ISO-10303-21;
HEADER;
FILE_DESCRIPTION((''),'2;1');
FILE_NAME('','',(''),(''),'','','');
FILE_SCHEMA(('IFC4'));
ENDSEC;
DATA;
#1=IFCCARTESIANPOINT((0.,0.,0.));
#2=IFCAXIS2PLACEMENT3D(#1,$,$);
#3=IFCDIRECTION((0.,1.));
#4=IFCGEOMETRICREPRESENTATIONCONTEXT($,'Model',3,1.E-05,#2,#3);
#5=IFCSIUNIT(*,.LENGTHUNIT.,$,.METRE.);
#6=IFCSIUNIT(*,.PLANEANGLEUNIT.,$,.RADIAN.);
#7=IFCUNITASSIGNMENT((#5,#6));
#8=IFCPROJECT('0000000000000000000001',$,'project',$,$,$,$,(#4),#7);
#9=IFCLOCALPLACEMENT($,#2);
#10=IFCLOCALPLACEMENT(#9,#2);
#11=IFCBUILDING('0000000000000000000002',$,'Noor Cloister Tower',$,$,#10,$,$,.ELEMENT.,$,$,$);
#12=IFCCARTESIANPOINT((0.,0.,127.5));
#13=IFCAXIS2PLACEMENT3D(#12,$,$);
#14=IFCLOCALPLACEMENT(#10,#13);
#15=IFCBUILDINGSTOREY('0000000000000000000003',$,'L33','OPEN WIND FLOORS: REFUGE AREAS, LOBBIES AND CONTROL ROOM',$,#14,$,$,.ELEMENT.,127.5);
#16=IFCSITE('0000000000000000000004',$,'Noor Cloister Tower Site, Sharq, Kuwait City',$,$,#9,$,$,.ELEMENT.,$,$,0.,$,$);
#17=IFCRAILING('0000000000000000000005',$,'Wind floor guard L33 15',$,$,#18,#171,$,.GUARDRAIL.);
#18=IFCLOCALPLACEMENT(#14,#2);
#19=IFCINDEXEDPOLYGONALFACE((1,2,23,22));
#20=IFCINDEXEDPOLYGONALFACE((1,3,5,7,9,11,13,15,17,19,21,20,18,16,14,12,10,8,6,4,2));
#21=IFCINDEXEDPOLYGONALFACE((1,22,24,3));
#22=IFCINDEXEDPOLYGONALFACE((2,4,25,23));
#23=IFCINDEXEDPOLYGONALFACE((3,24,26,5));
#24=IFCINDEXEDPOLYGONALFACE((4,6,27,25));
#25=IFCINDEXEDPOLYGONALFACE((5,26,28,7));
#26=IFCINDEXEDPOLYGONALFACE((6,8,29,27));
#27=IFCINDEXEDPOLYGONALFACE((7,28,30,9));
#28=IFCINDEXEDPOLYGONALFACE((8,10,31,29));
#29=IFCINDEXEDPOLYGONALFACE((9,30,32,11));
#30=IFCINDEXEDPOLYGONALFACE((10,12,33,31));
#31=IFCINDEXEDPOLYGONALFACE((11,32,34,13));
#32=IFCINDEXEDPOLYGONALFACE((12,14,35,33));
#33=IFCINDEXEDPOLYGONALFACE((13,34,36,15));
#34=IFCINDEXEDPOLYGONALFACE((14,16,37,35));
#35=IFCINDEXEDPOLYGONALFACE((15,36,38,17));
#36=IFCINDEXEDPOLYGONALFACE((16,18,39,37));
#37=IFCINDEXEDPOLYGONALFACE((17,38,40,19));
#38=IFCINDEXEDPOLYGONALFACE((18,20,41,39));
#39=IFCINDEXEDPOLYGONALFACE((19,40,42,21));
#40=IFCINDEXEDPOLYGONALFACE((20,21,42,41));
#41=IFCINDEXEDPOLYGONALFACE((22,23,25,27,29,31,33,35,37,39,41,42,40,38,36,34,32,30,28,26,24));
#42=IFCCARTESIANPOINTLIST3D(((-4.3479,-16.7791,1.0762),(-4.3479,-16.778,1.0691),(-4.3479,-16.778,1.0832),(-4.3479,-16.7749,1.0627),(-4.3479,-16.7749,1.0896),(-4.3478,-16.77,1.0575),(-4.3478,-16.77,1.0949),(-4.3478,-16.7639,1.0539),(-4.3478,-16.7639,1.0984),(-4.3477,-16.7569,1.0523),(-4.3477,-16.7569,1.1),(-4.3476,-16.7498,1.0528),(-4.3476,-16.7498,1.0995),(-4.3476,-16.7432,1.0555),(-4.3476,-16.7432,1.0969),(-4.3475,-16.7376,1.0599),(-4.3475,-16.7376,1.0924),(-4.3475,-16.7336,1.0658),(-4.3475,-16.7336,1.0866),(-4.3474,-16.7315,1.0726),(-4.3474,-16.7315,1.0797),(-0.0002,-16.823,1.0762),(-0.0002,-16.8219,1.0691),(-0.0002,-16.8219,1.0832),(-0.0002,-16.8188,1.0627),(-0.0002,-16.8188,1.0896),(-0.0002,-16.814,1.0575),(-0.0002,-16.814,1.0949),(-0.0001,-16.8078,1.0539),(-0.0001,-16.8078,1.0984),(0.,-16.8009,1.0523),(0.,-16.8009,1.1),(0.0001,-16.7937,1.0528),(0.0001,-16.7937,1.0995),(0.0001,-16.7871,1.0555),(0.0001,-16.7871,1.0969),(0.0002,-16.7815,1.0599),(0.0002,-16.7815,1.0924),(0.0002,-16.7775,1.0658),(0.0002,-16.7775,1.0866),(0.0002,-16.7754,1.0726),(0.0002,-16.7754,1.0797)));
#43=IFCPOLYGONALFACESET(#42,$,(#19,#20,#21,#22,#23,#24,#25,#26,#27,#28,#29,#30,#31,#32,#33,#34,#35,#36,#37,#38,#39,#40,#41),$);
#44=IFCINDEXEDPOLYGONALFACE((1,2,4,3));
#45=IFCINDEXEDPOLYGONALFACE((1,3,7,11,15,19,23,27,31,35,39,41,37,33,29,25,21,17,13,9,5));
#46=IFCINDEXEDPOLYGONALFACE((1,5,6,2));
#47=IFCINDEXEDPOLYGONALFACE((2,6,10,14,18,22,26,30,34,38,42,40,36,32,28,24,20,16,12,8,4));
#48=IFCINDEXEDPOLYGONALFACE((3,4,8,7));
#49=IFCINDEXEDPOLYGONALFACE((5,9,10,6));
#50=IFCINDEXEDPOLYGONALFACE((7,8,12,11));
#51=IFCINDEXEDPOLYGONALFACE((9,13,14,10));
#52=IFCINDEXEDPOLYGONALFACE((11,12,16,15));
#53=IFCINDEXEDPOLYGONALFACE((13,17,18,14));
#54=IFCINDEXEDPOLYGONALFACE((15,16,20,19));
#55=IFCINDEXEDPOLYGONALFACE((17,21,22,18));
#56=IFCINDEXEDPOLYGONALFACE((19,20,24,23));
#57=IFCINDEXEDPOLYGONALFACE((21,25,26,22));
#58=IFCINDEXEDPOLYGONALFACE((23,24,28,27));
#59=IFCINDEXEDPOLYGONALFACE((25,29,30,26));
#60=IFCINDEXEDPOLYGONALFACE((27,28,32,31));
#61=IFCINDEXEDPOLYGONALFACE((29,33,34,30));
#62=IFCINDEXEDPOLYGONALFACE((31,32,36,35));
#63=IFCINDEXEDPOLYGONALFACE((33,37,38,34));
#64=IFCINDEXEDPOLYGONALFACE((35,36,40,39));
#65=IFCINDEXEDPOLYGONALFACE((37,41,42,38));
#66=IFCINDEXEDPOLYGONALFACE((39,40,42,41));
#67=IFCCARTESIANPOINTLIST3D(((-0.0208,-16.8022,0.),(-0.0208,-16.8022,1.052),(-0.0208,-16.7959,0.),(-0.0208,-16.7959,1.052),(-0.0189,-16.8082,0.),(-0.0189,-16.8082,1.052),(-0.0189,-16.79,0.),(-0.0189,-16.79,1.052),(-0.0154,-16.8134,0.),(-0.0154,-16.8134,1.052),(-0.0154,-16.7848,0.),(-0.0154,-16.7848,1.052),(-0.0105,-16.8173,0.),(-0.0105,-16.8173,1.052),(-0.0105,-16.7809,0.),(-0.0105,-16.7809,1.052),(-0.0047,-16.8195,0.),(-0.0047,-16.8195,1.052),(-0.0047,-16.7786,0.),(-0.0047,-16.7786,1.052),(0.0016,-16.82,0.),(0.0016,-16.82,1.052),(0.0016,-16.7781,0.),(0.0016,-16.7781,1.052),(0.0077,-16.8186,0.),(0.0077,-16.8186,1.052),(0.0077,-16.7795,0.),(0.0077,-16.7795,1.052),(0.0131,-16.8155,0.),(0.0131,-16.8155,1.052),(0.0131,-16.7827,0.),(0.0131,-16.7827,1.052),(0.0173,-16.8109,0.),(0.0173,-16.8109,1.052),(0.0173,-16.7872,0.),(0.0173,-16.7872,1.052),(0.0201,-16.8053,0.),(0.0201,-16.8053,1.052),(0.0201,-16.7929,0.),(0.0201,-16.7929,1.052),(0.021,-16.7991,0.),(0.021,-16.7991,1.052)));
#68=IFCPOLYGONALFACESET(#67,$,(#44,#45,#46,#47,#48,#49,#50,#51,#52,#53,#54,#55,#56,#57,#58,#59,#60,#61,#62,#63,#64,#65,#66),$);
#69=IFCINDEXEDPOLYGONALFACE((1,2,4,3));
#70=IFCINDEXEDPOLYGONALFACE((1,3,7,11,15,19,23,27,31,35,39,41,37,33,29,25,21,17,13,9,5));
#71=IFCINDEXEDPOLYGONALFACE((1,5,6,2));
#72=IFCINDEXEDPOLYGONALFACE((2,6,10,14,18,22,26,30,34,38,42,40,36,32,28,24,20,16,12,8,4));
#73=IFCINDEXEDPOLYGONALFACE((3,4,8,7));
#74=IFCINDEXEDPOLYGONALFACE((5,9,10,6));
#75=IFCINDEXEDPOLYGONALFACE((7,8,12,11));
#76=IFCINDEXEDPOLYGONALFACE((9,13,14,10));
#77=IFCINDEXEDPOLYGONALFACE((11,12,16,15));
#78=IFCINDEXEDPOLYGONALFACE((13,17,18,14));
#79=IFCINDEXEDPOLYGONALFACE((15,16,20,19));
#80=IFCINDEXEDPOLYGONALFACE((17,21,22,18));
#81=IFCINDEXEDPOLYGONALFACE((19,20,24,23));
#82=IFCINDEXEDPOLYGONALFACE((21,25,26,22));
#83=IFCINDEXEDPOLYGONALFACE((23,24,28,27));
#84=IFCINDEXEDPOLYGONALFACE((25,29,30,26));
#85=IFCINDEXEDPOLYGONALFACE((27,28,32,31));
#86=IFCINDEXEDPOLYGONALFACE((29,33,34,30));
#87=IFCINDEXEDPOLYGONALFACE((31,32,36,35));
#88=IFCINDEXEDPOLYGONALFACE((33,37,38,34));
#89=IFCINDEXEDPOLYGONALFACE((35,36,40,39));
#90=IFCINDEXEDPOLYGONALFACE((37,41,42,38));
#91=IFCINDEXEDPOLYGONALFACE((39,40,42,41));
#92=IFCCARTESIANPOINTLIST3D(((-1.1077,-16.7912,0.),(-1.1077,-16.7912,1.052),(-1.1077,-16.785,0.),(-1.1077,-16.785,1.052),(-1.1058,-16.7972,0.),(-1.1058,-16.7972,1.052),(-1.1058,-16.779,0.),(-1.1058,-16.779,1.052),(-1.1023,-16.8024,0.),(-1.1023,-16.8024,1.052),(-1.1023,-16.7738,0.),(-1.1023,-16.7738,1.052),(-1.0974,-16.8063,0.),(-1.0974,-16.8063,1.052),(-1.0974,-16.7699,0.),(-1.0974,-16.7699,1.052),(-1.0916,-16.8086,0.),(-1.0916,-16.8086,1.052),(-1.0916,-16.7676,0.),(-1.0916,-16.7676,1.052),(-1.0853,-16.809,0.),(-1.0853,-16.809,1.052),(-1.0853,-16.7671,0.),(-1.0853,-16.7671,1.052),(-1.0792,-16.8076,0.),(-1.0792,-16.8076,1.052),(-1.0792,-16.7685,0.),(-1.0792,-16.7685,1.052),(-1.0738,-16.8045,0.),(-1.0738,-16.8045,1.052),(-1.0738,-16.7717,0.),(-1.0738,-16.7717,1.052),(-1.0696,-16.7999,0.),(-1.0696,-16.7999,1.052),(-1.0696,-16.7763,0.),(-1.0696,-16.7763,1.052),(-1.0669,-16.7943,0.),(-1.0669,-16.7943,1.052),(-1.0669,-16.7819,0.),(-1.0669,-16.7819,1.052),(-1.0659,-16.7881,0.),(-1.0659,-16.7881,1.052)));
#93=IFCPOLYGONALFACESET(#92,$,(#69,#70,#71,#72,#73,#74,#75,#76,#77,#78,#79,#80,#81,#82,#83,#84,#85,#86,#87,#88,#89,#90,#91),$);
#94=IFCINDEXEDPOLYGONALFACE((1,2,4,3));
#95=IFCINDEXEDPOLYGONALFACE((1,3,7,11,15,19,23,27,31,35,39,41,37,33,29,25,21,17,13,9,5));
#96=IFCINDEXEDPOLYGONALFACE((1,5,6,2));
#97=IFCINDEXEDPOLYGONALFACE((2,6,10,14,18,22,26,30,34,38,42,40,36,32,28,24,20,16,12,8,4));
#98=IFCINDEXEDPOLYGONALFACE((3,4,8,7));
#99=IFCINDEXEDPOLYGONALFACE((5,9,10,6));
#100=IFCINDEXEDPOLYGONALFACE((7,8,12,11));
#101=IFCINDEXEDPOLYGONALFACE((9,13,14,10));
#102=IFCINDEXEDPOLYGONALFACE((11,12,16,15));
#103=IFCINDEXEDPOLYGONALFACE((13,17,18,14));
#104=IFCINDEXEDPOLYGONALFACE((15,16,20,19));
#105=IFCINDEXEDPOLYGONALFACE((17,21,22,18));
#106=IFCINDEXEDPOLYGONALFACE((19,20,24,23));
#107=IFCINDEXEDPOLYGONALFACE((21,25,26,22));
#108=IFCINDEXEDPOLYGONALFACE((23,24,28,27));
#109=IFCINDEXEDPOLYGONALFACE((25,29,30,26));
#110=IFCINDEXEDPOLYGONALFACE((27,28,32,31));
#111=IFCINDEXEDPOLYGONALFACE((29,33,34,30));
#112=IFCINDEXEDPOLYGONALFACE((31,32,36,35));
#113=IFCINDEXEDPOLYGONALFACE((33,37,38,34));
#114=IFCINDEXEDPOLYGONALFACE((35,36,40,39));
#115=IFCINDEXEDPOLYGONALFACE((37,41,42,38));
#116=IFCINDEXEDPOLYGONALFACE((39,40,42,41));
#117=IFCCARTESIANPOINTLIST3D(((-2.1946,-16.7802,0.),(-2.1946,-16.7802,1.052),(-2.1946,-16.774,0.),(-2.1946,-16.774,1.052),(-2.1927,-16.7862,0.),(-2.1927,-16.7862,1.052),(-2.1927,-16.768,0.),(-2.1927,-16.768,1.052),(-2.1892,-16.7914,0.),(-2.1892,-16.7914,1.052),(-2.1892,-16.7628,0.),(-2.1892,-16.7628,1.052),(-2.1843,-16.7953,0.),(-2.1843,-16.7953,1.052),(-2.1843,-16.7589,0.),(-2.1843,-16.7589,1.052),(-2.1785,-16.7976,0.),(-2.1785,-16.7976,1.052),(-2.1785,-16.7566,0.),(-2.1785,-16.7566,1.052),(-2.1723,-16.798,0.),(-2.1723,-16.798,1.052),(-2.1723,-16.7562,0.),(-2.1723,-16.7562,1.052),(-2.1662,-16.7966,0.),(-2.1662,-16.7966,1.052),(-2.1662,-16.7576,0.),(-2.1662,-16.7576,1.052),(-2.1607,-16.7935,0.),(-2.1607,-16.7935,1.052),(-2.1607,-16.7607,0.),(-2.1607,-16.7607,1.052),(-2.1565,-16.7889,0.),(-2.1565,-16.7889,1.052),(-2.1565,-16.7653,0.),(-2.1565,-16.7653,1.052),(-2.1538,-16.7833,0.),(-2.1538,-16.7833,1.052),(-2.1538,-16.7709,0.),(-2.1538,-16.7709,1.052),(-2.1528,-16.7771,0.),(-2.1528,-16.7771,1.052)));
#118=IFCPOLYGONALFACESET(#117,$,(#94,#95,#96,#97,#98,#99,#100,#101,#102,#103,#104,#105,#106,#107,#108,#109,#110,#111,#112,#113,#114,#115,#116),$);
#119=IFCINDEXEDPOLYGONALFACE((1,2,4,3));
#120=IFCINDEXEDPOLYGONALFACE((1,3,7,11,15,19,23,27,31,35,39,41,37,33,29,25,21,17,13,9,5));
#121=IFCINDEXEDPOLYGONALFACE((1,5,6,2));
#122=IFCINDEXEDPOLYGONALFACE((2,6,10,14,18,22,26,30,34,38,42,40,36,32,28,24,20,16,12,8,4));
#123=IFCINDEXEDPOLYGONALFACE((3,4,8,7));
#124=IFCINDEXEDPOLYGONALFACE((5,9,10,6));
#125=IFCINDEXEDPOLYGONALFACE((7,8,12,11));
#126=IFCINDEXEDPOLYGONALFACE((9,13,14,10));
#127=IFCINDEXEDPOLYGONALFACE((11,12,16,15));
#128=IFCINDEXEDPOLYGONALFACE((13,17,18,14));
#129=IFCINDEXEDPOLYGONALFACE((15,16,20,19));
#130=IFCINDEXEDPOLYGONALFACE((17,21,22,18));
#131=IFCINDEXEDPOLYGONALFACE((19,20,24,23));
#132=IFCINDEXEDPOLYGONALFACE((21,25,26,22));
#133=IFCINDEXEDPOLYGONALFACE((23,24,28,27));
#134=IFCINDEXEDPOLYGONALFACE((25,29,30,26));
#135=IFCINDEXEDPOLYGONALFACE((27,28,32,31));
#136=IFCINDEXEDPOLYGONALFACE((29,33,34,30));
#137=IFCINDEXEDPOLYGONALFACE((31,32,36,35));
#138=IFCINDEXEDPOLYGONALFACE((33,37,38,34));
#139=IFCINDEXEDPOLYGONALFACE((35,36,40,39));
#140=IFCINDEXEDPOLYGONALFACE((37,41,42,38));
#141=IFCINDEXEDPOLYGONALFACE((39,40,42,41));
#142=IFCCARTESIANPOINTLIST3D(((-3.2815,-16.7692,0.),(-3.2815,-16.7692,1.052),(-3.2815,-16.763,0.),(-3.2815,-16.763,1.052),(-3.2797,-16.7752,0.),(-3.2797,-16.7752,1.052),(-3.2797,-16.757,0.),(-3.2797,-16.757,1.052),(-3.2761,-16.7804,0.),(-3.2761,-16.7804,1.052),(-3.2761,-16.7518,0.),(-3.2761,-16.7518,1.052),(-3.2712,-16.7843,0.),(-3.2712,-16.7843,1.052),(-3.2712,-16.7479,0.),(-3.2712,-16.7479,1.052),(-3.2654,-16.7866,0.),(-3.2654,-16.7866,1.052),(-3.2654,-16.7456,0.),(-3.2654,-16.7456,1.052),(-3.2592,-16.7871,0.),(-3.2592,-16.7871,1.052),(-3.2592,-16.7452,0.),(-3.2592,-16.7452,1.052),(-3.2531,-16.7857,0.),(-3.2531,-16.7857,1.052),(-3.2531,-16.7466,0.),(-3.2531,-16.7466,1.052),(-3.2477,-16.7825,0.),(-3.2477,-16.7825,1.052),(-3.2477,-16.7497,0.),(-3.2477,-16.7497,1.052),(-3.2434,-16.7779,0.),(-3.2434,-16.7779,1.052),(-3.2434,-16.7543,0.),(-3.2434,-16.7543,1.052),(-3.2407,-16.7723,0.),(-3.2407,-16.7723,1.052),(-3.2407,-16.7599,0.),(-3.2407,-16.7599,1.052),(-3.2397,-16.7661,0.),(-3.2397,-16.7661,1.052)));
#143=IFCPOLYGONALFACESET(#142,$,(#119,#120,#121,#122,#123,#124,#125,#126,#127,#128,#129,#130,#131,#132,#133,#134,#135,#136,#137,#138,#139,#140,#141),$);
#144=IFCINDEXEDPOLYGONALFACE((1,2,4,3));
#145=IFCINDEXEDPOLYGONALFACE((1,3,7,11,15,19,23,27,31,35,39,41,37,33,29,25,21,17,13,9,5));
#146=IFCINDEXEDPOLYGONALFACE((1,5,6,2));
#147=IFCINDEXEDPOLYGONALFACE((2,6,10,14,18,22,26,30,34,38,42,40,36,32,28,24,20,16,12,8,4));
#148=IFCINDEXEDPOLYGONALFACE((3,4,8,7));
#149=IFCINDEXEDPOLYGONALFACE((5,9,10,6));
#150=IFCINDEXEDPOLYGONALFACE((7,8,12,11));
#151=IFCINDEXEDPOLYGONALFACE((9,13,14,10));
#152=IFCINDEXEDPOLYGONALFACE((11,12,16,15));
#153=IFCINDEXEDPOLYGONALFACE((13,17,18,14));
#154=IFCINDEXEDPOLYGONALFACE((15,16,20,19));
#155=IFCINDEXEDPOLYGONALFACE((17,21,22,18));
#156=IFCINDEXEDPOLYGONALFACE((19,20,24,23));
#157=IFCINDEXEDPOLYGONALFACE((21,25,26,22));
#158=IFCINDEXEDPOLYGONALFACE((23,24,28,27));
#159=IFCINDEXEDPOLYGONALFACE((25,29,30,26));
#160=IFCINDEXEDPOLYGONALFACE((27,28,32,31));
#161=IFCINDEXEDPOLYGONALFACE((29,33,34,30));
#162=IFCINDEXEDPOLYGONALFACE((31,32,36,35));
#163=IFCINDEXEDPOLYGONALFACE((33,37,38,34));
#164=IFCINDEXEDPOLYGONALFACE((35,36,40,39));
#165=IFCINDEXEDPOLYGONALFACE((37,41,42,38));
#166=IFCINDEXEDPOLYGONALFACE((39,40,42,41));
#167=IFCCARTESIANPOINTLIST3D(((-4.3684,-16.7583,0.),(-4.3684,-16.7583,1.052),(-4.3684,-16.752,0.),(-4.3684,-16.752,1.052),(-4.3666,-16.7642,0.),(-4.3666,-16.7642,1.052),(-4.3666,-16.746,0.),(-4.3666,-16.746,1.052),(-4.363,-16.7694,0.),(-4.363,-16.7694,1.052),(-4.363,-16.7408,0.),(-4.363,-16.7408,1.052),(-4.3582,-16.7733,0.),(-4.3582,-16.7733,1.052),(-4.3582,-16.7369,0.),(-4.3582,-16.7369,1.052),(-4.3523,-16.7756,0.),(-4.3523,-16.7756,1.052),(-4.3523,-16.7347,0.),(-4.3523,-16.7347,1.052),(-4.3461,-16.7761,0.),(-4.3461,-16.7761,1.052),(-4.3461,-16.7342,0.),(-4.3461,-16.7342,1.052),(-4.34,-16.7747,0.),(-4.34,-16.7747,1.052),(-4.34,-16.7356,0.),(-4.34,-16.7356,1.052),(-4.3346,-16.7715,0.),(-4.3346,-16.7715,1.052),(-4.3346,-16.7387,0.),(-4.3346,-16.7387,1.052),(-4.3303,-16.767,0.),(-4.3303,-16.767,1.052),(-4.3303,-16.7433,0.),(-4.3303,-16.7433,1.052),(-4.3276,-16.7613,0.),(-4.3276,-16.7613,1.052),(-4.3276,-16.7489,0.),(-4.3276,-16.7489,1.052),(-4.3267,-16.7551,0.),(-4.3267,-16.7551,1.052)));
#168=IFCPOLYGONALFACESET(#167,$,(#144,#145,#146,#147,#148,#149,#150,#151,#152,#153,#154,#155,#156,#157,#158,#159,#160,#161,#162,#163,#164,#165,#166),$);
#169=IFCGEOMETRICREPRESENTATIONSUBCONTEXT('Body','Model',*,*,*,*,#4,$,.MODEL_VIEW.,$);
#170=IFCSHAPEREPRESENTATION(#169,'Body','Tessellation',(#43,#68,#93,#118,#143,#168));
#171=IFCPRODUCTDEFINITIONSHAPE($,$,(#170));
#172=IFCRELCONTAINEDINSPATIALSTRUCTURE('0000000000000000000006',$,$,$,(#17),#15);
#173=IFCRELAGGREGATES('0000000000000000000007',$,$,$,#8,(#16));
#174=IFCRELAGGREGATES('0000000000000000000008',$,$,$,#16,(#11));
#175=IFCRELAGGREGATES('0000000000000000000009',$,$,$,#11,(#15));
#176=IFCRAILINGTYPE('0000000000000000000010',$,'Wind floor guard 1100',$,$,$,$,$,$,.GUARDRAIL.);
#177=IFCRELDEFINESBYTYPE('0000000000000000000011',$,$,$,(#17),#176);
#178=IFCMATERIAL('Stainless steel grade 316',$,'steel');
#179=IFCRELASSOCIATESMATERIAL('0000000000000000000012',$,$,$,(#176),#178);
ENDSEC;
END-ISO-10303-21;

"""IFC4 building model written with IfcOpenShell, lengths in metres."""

from ifc_helpers import new_model, si_unit, direction, frame, origin, origin_2d, place, context, subcontext, project, spatial, circle, extrude, material, type_object, element, save


model = new_model("IFC4")

# Units and contexts
model_context = context("Model", 3, precision=1e-05, world=origin(), true_north=direction((0.0, 1.0)))
body_context = subcontext(model_context, "Body", "Model", "MODEL_VIEW")
ifc_project = project(units=[si_unit("LENGTHUNIT", "METRE"), si_unit("PLANEANGLEUNIT", "RADIAN")], contexts=[model_context])

# Site, building, storey
site_placement = place(None, origin())
site = spatial("IfcSite", under=ifc_project, at=site_placement, Name="Noor Cloister Tower Site, Sharq, Kuwait City", CompositionType="ELEMENT", RefElevation=0.0)
building_placement = place(site_placement, origin())
building = spatial("IfcBuilding", under=site, at=building_placement, Name="Noor Cloister Tower", CompositionType="ELEMENT")
storey_placement = place(building_placement, frame((0.0, 0.0, 127.5)))
storey = spatial("IfcBuildingStorey", under=building, at=storey_placement, Name="L33", Description="OPEN WIND FLOORS: REFUGE AREAS, LOBBIES AND CONTROL ROOM", CompositionType="ELEMENT", Elevation=127.5)

# Railing
ifc_material_1 = material(Name="Stainless steel grade 316", Category="steel")
railing_type = type_object("IfcRailingType", Name="Wind floor guard 1100", PredefinedType="GUARDRAIL", material=ifc_material_1)
railing_1_placement = place(storey_placement, frame((0.0, -16.7991, 0.0)))
element("IfcRailing", 1, at=railing_1_placement, inside=storey, type_object=railing_type, Name="Wind floor guard L33 15", PredefinedType="GUARDRAIL", context=body_context, shape_type="SweptSolid", body=[
    extrude(circle(Radius=0.0239, at=origin_2d()), frame((0.0, 0.0, 1.0762), z_axis=(-0.999949, 0.010107, 0.0), x_axis=(-0.010107, -0.999949, 0.0)), (0.0, 0.0, 1.0), 4.3479),
    extrude(circle(Radius=0.021, at=origin_2d()), origin(), (0.0, 0.0, 1.0), 1.052),
    extrude(circle(Radius=0.021, at=origin_2d()), frame((-1.0869, 0.011, 0.0)), (0.0, 0.0, 1.0), 1.052),
    extrude(circle(Radius=0.021, at=origin_2d()), frame((-2.1738, 0.022, 0.0)), (0.0, 0.0, 1.0), 1.052),
    extrude(circle(Radius=0.021, at=origin_2d()), frame((-3.2607, 0.033, 0.0)), (0.0, 0.0, 1.0), 1.052),
    extrude(circle(Radius=0.021, at=origin_2d()), frame((-4.3477, 0.0439, 0.0)), (0.0, 0.0, 1.0), 1.052),
])

save(model, "model.ifc")
